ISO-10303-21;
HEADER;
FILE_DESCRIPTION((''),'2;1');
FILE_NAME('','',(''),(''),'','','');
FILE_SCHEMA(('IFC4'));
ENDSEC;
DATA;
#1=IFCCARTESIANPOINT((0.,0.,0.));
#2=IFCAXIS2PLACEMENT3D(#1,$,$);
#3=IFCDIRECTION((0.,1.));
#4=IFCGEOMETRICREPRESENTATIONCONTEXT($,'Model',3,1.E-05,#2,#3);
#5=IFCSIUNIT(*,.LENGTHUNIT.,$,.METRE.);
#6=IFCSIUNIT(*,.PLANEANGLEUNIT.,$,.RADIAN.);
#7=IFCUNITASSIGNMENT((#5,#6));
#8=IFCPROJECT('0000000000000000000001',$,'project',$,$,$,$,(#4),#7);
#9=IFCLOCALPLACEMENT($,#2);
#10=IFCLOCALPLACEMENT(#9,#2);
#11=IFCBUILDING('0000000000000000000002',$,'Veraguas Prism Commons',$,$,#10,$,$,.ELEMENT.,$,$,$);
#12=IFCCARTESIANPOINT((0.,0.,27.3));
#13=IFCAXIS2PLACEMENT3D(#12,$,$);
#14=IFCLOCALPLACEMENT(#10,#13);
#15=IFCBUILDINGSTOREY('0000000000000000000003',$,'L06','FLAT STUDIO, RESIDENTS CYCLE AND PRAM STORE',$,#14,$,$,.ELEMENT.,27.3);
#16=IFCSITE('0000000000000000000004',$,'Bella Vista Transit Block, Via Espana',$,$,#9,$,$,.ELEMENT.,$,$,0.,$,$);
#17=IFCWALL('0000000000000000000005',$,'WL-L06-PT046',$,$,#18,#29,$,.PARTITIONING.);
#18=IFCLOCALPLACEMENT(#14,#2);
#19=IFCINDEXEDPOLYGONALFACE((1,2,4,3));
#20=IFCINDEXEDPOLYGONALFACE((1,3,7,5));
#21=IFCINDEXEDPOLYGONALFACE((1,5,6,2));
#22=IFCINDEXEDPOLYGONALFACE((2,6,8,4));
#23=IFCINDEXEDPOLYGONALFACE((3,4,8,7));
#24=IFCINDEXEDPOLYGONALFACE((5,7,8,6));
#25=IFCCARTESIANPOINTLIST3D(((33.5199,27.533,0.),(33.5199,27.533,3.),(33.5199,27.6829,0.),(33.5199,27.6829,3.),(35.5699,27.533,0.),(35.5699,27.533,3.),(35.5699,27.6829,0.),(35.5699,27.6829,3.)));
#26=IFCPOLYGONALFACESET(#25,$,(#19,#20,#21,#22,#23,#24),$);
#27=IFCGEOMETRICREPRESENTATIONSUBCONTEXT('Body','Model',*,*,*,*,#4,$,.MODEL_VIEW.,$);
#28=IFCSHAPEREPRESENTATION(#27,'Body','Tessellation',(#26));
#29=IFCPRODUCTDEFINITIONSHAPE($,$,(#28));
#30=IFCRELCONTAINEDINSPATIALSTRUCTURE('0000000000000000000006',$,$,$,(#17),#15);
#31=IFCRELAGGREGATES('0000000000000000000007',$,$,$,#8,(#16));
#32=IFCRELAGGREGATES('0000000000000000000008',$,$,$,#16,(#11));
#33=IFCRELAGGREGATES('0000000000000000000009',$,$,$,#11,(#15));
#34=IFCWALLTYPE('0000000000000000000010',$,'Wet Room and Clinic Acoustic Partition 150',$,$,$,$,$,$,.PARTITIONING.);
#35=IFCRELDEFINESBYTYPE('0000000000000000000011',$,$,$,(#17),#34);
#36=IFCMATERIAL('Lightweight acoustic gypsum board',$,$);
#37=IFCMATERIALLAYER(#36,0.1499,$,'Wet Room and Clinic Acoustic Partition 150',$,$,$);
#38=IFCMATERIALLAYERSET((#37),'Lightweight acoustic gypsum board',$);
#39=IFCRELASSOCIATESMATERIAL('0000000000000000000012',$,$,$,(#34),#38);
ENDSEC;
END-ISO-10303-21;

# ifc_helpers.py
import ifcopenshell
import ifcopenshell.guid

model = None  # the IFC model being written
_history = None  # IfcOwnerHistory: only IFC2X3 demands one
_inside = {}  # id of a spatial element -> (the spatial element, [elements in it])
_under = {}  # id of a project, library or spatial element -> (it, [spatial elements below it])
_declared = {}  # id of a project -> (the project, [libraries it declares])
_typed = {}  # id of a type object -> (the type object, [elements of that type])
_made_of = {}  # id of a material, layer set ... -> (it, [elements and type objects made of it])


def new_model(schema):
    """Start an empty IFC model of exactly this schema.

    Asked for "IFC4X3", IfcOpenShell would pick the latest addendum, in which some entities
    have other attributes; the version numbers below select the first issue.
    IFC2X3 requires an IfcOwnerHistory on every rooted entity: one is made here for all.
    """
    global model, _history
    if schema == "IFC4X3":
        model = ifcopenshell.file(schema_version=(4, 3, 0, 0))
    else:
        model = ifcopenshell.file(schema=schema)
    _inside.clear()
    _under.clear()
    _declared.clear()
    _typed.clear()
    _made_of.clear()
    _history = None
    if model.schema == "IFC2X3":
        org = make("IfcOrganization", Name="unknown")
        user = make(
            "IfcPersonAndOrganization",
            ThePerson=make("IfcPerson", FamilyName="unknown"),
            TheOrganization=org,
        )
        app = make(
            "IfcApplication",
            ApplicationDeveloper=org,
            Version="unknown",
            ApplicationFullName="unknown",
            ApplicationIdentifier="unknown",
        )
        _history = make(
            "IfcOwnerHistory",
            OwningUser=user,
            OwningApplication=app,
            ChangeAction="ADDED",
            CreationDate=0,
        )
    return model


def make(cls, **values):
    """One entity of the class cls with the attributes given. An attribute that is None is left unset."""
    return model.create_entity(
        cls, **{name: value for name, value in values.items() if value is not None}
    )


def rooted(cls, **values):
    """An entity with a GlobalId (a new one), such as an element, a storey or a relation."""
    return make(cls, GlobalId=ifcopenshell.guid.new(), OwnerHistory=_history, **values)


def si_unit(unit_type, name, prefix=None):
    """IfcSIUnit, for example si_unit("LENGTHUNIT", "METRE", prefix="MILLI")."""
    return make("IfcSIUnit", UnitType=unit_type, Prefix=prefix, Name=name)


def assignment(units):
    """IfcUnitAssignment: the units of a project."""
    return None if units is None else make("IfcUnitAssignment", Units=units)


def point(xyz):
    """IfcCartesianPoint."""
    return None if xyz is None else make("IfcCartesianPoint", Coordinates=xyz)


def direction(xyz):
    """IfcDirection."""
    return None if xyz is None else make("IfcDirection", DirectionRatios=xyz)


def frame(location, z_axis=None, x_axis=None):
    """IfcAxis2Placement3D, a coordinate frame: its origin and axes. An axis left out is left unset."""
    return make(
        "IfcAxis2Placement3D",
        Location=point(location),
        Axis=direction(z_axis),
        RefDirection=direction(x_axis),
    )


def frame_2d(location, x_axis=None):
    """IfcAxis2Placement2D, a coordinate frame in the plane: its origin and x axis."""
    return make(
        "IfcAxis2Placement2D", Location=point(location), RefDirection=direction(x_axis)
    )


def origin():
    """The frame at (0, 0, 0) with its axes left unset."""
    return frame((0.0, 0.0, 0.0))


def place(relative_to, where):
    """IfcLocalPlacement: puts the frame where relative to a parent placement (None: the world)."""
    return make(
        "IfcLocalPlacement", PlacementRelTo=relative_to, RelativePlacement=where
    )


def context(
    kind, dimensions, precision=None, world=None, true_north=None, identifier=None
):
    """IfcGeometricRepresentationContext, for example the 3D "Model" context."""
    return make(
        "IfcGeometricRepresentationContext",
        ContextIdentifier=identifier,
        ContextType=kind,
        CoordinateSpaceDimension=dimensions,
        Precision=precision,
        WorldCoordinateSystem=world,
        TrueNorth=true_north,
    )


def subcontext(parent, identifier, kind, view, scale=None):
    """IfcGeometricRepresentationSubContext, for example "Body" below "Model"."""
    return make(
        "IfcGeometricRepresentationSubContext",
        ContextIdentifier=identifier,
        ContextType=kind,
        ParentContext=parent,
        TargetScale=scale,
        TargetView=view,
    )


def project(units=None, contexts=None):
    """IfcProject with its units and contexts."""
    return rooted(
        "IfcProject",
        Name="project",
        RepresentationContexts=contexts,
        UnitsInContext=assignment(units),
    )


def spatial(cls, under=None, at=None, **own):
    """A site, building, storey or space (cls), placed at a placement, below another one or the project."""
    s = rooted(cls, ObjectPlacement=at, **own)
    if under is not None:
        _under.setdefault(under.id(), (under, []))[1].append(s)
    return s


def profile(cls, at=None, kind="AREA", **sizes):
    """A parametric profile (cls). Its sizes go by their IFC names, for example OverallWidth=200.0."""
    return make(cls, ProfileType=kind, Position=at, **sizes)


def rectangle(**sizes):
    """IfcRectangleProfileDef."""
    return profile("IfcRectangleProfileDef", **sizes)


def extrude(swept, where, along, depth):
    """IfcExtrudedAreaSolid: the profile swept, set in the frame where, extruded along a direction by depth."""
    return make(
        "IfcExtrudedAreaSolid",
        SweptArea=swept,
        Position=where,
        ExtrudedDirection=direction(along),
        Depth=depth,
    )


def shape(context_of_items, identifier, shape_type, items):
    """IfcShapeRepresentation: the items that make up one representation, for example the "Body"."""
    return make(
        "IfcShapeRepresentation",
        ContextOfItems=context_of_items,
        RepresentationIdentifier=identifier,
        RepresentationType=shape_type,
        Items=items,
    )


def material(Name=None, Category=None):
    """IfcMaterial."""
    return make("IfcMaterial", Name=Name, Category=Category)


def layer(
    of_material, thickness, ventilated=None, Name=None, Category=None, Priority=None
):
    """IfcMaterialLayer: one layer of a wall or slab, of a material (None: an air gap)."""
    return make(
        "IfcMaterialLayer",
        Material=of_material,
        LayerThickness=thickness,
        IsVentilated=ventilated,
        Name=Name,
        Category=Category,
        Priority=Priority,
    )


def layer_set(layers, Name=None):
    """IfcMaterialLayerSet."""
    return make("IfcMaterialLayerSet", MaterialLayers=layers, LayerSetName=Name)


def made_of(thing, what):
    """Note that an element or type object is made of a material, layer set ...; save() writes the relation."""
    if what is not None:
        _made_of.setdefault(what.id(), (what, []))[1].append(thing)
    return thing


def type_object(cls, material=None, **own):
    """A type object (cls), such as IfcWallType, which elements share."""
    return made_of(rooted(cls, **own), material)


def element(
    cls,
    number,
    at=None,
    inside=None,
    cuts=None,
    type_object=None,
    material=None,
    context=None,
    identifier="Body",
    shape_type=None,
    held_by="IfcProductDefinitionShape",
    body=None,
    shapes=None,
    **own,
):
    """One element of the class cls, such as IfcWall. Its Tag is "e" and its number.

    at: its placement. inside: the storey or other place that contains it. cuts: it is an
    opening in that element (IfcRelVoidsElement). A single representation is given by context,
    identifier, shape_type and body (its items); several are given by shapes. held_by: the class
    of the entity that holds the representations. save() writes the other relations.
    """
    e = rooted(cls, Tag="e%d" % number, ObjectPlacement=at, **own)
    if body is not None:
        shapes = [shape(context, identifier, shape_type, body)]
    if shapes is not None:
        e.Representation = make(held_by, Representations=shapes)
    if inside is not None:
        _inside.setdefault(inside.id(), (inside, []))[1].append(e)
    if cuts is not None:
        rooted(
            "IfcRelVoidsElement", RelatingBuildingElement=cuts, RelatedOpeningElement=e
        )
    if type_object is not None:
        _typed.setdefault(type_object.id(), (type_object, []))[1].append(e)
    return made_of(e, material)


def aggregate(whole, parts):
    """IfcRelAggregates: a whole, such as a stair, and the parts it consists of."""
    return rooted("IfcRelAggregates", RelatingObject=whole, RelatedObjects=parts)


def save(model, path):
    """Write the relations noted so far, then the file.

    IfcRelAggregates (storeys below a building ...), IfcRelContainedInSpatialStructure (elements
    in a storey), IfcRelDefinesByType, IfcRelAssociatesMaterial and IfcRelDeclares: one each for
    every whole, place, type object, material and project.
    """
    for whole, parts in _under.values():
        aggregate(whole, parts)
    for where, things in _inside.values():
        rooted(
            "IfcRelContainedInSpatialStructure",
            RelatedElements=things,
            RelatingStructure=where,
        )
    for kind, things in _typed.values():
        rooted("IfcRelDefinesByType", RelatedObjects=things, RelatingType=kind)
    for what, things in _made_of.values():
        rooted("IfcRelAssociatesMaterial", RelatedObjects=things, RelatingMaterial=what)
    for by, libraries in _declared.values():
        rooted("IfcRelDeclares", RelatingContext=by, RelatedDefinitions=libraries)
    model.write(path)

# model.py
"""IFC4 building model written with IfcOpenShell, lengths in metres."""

from ifc_helpers import new_model, si_unit, direction, frame, frame_2d, origin, place, context, subcontext, project, spatial, rectangle, extrude, material, layer, layer_set, type_object, element, save


model = new_model("IFC4")

# Units and contexts
model_context = context("Model", 3, precision=1e-05, world=origin(), true_north=direction((0.0, 1.0)))
body_context = subcontext(model_context, "Body", "Model", "MODEL_VIEW")
ifc_project = project(units=[si_unit("LENGTHUNIT", "METRE"), si_unit("PLANEANGLEUNIT", "RADIAN")], contexts=[model_context])

# Site, building, storey
site_placement = place(None, origin())
site = spatial("IfcSite", under=ifc_project, at=site_placement, Name="Bella Vista Transit Block, Via Espana", CompositionType="ELEMENT", RefElevation=0.0)
building_placement = place(site_placement, origin())
building = spatial("IfcBuilding", under=site, at=building_placement, Name="Veraguas Prism Commons", CompositionType="ELEMENT")
storey_placement = place(building_placement, frame((0.0, 0.0, 27.3)))
storey = spatial("IfcBuildingStorey", under=building, at=storey_placement, Name="L06", Description="FLAT STUDIO, RESIDENTS CYCLE AND PRAM STORE", CompositionType="ELEMENT", Elevation=27.3)

# Shared definitions
ifc_material_1 = material(Name="Lightweight acoustic gypsum board")

# Wall
ifc_layer_1 = layer(ifc_material_1, 0.1499, Name="Wet Room and Clinic Acoustic Partition 150")
ifc_layer_set_1 = layer_set([ifc_layer_1], Name="Lightweight acoustic gypsum board")
wall_type_1 = type_object("IfcWallType", Name="Wet Room and Clinic Acoustic Partition 150", PredefinedType="PARTITIONING", material=ifc_layer_set_1)
wall_1_placement = place(storey_placement, frame((33.52, 27.6079, 0.0), z_axis=(0.0, 0.0, 1.0), x_axis=(1.0, 0.0, 0.0)))
element("IfcWall", 1, at=wall_1_placement, inside=storey, type_object=wall_type_1, Name="WL-L06-PT046", PredefinedType="PARTITIONING", context=body_context, shape_type="SweptSolid", body=[
    extrude(rectangle(XDim=2.05, YDim=0.1499, at=frame_2d((1.0249, 0.0))), origin(), (0.0, 0.0, 1.0), 3.0),
])

save(model, "model.ifc")
